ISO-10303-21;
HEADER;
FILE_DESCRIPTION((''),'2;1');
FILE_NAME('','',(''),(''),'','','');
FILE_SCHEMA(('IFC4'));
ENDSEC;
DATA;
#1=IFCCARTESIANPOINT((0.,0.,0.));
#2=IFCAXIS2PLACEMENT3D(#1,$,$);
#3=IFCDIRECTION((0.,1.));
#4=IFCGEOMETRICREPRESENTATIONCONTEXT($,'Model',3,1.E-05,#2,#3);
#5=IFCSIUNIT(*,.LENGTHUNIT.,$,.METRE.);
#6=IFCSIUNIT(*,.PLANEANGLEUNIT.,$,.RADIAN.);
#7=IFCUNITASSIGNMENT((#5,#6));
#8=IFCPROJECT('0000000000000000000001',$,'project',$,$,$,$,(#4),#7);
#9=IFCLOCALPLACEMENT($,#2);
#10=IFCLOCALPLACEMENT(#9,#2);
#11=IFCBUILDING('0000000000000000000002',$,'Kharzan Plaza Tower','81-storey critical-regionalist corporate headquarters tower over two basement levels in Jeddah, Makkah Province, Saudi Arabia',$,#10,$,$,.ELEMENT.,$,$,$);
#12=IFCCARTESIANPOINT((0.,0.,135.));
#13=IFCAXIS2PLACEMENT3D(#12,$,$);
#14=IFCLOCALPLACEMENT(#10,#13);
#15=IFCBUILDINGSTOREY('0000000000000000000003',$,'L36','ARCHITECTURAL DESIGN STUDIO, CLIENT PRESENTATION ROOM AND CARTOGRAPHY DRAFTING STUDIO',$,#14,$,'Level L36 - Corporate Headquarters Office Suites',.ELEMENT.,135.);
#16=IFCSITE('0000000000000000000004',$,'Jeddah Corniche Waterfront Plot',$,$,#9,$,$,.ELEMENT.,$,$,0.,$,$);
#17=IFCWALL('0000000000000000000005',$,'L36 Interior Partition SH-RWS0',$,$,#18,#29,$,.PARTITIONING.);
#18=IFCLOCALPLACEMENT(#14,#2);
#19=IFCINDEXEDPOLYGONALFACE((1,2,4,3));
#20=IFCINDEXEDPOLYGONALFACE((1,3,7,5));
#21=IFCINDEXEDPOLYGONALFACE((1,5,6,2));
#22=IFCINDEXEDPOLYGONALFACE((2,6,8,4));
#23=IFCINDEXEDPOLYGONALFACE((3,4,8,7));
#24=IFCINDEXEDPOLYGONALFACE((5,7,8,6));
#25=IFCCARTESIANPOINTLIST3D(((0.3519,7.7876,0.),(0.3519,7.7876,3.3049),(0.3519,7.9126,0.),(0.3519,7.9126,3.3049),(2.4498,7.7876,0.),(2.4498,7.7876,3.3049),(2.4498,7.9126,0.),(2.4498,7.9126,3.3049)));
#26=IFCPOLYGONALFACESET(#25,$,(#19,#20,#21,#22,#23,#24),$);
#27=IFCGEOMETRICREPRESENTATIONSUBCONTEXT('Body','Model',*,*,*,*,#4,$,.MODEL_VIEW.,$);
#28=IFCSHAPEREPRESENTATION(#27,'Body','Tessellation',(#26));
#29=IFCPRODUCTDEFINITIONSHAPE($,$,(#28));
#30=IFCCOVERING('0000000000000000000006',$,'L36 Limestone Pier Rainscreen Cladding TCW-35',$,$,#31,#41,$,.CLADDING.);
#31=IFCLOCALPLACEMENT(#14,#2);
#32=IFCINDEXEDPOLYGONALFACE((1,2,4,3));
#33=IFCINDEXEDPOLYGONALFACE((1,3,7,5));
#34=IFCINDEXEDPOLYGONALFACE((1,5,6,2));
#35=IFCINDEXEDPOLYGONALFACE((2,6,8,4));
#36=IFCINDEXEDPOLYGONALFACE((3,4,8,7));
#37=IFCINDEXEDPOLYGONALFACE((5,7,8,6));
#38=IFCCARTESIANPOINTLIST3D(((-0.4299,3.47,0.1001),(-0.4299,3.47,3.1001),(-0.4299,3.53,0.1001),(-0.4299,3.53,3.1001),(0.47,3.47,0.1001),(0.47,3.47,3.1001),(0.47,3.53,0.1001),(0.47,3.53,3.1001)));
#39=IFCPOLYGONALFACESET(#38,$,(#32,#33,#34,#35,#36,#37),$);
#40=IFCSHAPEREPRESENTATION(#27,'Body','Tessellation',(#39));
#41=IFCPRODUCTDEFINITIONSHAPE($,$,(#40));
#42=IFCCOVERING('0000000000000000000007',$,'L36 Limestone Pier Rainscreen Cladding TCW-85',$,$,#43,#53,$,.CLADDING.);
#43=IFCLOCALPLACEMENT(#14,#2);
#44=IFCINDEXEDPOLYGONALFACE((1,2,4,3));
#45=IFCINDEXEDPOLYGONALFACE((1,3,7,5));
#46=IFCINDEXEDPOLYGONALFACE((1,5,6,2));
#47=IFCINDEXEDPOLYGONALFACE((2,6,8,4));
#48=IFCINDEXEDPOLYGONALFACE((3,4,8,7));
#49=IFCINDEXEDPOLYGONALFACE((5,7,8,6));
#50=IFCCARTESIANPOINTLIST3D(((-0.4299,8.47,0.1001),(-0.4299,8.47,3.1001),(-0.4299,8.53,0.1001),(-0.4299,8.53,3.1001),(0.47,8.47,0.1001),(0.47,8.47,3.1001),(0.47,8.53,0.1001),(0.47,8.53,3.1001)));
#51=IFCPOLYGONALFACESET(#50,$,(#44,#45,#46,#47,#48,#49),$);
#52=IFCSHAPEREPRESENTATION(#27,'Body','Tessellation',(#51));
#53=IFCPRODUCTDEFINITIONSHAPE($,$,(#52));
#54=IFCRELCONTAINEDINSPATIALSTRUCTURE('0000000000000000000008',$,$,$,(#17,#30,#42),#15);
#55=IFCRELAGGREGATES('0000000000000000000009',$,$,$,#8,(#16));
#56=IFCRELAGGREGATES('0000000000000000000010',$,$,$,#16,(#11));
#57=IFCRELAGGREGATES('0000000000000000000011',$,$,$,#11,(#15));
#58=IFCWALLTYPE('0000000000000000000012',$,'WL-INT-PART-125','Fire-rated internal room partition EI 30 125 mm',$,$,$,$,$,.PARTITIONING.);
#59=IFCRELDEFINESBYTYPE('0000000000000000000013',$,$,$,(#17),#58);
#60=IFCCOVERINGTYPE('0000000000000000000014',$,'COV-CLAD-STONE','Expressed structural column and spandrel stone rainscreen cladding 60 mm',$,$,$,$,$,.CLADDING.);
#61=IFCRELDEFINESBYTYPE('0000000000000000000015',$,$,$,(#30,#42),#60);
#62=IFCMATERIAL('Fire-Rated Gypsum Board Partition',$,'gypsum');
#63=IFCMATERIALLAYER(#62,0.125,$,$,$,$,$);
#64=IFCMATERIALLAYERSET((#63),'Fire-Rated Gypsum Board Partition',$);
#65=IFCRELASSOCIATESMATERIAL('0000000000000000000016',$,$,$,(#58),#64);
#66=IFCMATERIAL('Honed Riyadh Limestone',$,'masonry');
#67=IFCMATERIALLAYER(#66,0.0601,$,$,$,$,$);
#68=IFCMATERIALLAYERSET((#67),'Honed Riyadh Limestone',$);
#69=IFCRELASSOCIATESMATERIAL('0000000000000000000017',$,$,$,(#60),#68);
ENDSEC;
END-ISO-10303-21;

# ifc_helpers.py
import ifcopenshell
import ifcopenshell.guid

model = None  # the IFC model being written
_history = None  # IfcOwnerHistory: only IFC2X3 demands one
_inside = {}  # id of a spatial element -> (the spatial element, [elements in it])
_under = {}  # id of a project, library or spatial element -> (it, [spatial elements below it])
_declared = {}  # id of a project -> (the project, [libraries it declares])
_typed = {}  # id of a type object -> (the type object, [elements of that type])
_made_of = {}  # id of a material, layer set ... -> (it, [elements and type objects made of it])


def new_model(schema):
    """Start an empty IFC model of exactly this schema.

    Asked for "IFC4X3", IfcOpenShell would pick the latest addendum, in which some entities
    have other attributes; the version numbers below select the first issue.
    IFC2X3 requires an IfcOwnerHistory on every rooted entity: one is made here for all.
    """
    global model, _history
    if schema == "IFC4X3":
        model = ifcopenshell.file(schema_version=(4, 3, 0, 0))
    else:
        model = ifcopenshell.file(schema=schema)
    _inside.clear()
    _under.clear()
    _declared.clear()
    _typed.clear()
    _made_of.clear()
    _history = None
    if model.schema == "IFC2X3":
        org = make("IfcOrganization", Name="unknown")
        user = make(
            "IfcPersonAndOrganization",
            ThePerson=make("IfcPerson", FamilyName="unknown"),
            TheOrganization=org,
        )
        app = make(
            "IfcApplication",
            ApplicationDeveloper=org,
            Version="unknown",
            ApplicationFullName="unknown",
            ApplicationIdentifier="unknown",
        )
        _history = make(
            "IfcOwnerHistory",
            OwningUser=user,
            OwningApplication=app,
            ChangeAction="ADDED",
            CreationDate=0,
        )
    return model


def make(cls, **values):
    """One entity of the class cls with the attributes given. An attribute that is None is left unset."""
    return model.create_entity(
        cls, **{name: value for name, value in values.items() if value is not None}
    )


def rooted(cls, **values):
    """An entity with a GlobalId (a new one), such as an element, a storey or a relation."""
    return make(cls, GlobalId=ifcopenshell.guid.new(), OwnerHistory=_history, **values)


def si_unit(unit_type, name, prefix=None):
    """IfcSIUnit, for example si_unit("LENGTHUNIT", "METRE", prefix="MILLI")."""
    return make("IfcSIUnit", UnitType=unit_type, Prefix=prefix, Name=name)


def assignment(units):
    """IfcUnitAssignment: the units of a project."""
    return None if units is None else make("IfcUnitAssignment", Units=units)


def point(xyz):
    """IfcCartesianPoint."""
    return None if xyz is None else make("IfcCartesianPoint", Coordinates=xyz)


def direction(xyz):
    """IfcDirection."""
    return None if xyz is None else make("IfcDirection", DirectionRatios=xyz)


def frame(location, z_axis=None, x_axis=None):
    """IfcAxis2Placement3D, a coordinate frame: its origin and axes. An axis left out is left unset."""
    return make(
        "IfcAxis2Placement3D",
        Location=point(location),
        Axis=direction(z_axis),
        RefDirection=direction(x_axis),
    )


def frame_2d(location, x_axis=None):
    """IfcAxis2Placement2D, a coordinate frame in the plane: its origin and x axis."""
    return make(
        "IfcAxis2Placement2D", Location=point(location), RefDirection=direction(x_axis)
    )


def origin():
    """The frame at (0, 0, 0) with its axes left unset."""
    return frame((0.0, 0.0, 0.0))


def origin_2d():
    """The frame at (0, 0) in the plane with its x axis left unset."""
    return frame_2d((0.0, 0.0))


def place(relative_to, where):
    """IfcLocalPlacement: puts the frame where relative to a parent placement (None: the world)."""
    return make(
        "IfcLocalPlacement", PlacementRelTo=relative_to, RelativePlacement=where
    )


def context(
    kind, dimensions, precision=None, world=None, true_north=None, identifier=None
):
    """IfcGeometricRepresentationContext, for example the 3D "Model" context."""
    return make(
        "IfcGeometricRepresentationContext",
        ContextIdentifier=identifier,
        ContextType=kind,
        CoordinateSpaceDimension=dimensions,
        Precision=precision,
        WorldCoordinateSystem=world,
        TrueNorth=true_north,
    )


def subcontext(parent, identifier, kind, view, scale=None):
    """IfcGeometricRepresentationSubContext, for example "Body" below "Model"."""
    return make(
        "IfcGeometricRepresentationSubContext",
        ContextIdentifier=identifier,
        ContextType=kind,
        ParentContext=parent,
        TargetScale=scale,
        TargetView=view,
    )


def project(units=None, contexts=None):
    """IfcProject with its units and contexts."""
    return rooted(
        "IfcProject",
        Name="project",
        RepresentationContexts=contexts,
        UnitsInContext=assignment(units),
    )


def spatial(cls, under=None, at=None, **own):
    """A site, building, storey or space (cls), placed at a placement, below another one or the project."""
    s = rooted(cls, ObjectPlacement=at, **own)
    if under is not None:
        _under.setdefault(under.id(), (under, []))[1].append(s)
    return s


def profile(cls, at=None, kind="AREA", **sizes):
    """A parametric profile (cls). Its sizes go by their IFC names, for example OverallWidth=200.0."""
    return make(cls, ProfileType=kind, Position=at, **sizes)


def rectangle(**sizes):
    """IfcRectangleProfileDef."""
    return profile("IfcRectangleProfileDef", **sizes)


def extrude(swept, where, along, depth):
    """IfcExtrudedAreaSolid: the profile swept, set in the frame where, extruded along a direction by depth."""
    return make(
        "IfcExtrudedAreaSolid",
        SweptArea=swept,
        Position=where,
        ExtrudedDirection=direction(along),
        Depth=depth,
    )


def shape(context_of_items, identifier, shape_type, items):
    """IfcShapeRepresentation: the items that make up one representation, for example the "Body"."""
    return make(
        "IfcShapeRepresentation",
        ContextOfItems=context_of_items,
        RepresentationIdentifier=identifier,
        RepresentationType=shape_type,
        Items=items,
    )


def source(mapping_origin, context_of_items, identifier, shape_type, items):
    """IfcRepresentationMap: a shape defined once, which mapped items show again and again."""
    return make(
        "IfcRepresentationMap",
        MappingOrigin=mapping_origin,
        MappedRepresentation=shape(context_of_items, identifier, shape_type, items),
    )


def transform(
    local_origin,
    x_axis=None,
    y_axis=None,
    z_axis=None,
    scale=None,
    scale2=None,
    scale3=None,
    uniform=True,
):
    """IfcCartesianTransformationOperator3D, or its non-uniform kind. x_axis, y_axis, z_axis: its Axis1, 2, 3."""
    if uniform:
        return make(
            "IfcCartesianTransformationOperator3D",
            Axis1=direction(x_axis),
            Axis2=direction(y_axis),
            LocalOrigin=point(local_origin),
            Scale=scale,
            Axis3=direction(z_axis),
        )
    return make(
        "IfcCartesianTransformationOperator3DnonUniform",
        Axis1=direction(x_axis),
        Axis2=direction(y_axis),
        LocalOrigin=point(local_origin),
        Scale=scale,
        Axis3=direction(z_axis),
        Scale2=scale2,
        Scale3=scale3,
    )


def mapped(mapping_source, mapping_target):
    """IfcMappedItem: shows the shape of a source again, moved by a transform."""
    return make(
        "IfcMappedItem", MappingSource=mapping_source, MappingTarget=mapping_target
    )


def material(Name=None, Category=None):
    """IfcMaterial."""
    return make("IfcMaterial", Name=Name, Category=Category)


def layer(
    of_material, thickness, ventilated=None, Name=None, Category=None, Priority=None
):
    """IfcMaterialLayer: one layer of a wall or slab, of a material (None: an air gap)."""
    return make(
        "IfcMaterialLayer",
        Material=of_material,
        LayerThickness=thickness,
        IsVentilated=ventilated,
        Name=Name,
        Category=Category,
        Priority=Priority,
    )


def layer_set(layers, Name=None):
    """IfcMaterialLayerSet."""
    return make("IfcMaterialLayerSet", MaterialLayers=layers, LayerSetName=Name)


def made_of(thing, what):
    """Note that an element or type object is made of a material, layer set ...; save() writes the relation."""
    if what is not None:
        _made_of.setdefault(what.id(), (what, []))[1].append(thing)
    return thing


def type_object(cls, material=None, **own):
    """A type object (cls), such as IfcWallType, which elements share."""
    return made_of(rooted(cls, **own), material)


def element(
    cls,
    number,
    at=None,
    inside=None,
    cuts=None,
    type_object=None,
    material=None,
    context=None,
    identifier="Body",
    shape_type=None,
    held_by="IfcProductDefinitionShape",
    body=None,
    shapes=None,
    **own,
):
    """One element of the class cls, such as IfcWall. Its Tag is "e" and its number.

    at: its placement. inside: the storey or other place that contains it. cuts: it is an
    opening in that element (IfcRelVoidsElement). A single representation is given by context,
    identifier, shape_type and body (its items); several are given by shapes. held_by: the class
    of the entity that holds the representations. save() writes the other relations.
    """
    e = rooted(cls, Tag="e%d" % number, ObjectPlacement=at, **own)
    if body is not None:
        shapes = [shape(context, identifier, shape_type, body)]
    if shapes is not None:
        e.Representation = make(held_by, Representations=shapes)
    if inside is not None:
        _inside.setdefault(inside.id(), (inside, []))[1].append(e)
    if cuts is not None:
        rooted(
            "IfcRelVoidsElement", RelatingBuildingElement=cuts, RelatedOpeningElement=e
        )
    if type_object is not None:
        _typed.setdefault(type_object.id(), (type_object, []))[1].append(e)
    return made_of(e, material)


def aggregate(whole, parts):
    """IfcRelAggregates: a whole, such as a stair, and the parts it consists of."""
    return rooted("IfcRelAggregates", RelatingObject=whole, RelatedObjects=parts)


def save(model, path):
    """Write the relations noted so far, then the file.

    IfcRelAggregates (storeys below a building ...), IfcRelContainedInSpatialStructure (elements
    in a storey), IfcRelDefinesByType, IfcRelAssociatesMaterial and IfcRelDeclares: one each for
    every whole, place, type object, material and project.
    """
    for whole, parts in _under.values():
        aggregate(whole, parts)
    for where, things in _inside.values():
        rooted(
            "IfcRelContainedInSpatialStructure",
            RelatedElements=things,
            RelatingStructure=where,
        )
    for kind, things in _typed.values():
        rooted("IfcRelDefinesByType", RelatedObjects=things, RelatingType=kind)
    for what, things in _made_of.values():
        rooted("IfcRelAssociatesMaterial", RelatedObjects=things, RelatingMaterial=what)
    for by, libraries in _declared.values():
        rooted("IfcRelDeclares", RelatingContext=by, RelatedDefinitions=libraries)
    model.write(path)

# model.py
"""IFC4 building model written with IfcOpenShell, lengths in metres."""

from ifc_helpers import new_model, si_unit, direction, frame, frame_2d, origin, origin_2d, place, context, subcontext, project, spatial, rectangle, extrude, source, transform, mapped, material, layer, layer_set, type_object, element, save


model = new_model("IFC4")

# Units and contexts
model_context = context("Model", 3, precision=1e-05, world=origin(), true_north=direction((0.0, 1.0)))
body_context = subcontext(model_context, "Body", "Model", "MODEL_VIEW")
ifc_project = project(units=[si_unit("LENGTHUNIT", "METRE"), si_unit("PLANEANGLEUNIT", "RADIAN")], contexts=[model_context])

# Site, building, storey
site_placement = place(None, origin())
site = spatial("IfcSite", under=ifc_project, at=site_placement, Name="Jeddah Corniche Waterfront Plot", CompositionType="ELEMENT", RefElevation=0.0)
building_placement = place(site_placement, origin())
building = spatial("IfcBuilding", under=site, at=building_placement, Name="Kharzan Plaza Tower", Description="81-storey critical-regionalist corporate headquarters tower over two basement levels in Jeddah, Makkah Province, Saudi Arabia", CompositionType="ELEMENT")
storey_placement = place(building_placement, frame((0.0, 0.0, 135.0)))
storey = spatial("IfcBuildingStorey", under=building, at=storey_placement, Name="L36", Description="ARCHITECTURAL DESIGN STUDIO, CLIENT PRESENTATION ROOM AND CARTOGRAPHY DRAFTING STUDIO", LongName="Level L36 - Corporate Headquarters Office Suites", CompositionType="ELEMENT", Elevation=135.0)

# Shared definitions
ifc_material_1 = material(Name="Fire-Rated Gypsum Board Partition", Category="gypsum")
ifc_layer_1 = layer(ifc_material_1, 0.125)
ifc_layer_set_1 = layer_set([ifc_layer_1], Name="Fire-Rated Gypsum Board Partition")
wall_type_1 = type_object("IfcWallType", Name="WL-INT-PART-125", Description="Fire-rated internal room partition EI 30 125 mm", PredefinedType="PARTITIONING", material=ifc_layer_set_1)

# Wall
shared_shape_1 = source(origin(), body_context, "Body", "SweptSolid", [
    extrude(rectangle(XDim=2.0979, YDim=0.125, at=frame_2d((1.0488, 0.0))), origin(), (0.0, 0.0, 1.0), 3.3049),
])
wall_1_placement = place(storey_placement, frame((0.3521, 7.8501, 0.0), z_axis=(0.0, 0.0, 1.0), x_axis=(1.0, 0.0, 0.0)))
element("IfcWall", 1, at=wall_1_placement, inside=storey, type_object=wall_type_1, Name="L36 Interior Partition SH-RWS0", PredefinedType="PARTITIONING", context=body_context, shape_type="MappedRepresentation", body=[
    mapped(shared_shape_1, transform((0.0, 0.0, 0.0), x_axis=(1.0, 0.0, 0.0), y_axis=(0.0, 1.0, 0.0), z_axis=(0.0, 0.0, 1.0))),
])

# Coverings
ifc_material_2 = material(Name="Honed Riyadh Limestone", Category="masonry")
ifc_layer_2 = layer(ifc_material_2, 0.0601)
ifc_layer_set_2 = layer_set([ifc_layer_2], Name="Honed Riyadh Limestone")
covering_type = type_object("IfcCoveringType", Name="COV-CLAD-STONE", Description="Expressed structural column and spandrel stone rainscreen cladding 60 mm", PredefinedType="CLADDING", material=ifc_layer_set_2)
shared_shape_2 = source(origin(), body_context, "Body", "SweptSolid", [
    extrude(rectangle(XDim=0.0601, YDim=0.8999, at=origin_2d()), origin(), (0.0, 0.0, 1.0), 3.0),
])
for number, where, z_axis, x_axis, name in (
    (2, (0.02, 3.5, 0.1001), (0.0, 0.0, 1.0), (0.0, 1.0, 0.0), "L36 Limestone Pier Rainscreen Cladding TCW-35"),
    (3, (0.02, 8.5, 0.1001), (0.0, 0.0, 1.0), (0.0, 1.0, 0.0), "L36 Limestone Pier Rainscreen Cladding TCW-85"),
):
    element("IfcCovering", number, at=place(storey_placement, frame(where, z_axis=z_axis, x_axis=x_axis)), inside=storey, type_object=covering_type, Name=name, PredefinedType="CLADDING", context=body_context, shape_type="MappedRepresentation", body=[
        mapped(shared_shape_2, transform((0.0, 0.0, 0.0), x_axis=(1.0, 0.0, 0.0), y_axis=(0.0, 1.0, 0.0), z_axis=(0.0, 0.0, 1.0))),
    ])

save(model, "model.ifc")
